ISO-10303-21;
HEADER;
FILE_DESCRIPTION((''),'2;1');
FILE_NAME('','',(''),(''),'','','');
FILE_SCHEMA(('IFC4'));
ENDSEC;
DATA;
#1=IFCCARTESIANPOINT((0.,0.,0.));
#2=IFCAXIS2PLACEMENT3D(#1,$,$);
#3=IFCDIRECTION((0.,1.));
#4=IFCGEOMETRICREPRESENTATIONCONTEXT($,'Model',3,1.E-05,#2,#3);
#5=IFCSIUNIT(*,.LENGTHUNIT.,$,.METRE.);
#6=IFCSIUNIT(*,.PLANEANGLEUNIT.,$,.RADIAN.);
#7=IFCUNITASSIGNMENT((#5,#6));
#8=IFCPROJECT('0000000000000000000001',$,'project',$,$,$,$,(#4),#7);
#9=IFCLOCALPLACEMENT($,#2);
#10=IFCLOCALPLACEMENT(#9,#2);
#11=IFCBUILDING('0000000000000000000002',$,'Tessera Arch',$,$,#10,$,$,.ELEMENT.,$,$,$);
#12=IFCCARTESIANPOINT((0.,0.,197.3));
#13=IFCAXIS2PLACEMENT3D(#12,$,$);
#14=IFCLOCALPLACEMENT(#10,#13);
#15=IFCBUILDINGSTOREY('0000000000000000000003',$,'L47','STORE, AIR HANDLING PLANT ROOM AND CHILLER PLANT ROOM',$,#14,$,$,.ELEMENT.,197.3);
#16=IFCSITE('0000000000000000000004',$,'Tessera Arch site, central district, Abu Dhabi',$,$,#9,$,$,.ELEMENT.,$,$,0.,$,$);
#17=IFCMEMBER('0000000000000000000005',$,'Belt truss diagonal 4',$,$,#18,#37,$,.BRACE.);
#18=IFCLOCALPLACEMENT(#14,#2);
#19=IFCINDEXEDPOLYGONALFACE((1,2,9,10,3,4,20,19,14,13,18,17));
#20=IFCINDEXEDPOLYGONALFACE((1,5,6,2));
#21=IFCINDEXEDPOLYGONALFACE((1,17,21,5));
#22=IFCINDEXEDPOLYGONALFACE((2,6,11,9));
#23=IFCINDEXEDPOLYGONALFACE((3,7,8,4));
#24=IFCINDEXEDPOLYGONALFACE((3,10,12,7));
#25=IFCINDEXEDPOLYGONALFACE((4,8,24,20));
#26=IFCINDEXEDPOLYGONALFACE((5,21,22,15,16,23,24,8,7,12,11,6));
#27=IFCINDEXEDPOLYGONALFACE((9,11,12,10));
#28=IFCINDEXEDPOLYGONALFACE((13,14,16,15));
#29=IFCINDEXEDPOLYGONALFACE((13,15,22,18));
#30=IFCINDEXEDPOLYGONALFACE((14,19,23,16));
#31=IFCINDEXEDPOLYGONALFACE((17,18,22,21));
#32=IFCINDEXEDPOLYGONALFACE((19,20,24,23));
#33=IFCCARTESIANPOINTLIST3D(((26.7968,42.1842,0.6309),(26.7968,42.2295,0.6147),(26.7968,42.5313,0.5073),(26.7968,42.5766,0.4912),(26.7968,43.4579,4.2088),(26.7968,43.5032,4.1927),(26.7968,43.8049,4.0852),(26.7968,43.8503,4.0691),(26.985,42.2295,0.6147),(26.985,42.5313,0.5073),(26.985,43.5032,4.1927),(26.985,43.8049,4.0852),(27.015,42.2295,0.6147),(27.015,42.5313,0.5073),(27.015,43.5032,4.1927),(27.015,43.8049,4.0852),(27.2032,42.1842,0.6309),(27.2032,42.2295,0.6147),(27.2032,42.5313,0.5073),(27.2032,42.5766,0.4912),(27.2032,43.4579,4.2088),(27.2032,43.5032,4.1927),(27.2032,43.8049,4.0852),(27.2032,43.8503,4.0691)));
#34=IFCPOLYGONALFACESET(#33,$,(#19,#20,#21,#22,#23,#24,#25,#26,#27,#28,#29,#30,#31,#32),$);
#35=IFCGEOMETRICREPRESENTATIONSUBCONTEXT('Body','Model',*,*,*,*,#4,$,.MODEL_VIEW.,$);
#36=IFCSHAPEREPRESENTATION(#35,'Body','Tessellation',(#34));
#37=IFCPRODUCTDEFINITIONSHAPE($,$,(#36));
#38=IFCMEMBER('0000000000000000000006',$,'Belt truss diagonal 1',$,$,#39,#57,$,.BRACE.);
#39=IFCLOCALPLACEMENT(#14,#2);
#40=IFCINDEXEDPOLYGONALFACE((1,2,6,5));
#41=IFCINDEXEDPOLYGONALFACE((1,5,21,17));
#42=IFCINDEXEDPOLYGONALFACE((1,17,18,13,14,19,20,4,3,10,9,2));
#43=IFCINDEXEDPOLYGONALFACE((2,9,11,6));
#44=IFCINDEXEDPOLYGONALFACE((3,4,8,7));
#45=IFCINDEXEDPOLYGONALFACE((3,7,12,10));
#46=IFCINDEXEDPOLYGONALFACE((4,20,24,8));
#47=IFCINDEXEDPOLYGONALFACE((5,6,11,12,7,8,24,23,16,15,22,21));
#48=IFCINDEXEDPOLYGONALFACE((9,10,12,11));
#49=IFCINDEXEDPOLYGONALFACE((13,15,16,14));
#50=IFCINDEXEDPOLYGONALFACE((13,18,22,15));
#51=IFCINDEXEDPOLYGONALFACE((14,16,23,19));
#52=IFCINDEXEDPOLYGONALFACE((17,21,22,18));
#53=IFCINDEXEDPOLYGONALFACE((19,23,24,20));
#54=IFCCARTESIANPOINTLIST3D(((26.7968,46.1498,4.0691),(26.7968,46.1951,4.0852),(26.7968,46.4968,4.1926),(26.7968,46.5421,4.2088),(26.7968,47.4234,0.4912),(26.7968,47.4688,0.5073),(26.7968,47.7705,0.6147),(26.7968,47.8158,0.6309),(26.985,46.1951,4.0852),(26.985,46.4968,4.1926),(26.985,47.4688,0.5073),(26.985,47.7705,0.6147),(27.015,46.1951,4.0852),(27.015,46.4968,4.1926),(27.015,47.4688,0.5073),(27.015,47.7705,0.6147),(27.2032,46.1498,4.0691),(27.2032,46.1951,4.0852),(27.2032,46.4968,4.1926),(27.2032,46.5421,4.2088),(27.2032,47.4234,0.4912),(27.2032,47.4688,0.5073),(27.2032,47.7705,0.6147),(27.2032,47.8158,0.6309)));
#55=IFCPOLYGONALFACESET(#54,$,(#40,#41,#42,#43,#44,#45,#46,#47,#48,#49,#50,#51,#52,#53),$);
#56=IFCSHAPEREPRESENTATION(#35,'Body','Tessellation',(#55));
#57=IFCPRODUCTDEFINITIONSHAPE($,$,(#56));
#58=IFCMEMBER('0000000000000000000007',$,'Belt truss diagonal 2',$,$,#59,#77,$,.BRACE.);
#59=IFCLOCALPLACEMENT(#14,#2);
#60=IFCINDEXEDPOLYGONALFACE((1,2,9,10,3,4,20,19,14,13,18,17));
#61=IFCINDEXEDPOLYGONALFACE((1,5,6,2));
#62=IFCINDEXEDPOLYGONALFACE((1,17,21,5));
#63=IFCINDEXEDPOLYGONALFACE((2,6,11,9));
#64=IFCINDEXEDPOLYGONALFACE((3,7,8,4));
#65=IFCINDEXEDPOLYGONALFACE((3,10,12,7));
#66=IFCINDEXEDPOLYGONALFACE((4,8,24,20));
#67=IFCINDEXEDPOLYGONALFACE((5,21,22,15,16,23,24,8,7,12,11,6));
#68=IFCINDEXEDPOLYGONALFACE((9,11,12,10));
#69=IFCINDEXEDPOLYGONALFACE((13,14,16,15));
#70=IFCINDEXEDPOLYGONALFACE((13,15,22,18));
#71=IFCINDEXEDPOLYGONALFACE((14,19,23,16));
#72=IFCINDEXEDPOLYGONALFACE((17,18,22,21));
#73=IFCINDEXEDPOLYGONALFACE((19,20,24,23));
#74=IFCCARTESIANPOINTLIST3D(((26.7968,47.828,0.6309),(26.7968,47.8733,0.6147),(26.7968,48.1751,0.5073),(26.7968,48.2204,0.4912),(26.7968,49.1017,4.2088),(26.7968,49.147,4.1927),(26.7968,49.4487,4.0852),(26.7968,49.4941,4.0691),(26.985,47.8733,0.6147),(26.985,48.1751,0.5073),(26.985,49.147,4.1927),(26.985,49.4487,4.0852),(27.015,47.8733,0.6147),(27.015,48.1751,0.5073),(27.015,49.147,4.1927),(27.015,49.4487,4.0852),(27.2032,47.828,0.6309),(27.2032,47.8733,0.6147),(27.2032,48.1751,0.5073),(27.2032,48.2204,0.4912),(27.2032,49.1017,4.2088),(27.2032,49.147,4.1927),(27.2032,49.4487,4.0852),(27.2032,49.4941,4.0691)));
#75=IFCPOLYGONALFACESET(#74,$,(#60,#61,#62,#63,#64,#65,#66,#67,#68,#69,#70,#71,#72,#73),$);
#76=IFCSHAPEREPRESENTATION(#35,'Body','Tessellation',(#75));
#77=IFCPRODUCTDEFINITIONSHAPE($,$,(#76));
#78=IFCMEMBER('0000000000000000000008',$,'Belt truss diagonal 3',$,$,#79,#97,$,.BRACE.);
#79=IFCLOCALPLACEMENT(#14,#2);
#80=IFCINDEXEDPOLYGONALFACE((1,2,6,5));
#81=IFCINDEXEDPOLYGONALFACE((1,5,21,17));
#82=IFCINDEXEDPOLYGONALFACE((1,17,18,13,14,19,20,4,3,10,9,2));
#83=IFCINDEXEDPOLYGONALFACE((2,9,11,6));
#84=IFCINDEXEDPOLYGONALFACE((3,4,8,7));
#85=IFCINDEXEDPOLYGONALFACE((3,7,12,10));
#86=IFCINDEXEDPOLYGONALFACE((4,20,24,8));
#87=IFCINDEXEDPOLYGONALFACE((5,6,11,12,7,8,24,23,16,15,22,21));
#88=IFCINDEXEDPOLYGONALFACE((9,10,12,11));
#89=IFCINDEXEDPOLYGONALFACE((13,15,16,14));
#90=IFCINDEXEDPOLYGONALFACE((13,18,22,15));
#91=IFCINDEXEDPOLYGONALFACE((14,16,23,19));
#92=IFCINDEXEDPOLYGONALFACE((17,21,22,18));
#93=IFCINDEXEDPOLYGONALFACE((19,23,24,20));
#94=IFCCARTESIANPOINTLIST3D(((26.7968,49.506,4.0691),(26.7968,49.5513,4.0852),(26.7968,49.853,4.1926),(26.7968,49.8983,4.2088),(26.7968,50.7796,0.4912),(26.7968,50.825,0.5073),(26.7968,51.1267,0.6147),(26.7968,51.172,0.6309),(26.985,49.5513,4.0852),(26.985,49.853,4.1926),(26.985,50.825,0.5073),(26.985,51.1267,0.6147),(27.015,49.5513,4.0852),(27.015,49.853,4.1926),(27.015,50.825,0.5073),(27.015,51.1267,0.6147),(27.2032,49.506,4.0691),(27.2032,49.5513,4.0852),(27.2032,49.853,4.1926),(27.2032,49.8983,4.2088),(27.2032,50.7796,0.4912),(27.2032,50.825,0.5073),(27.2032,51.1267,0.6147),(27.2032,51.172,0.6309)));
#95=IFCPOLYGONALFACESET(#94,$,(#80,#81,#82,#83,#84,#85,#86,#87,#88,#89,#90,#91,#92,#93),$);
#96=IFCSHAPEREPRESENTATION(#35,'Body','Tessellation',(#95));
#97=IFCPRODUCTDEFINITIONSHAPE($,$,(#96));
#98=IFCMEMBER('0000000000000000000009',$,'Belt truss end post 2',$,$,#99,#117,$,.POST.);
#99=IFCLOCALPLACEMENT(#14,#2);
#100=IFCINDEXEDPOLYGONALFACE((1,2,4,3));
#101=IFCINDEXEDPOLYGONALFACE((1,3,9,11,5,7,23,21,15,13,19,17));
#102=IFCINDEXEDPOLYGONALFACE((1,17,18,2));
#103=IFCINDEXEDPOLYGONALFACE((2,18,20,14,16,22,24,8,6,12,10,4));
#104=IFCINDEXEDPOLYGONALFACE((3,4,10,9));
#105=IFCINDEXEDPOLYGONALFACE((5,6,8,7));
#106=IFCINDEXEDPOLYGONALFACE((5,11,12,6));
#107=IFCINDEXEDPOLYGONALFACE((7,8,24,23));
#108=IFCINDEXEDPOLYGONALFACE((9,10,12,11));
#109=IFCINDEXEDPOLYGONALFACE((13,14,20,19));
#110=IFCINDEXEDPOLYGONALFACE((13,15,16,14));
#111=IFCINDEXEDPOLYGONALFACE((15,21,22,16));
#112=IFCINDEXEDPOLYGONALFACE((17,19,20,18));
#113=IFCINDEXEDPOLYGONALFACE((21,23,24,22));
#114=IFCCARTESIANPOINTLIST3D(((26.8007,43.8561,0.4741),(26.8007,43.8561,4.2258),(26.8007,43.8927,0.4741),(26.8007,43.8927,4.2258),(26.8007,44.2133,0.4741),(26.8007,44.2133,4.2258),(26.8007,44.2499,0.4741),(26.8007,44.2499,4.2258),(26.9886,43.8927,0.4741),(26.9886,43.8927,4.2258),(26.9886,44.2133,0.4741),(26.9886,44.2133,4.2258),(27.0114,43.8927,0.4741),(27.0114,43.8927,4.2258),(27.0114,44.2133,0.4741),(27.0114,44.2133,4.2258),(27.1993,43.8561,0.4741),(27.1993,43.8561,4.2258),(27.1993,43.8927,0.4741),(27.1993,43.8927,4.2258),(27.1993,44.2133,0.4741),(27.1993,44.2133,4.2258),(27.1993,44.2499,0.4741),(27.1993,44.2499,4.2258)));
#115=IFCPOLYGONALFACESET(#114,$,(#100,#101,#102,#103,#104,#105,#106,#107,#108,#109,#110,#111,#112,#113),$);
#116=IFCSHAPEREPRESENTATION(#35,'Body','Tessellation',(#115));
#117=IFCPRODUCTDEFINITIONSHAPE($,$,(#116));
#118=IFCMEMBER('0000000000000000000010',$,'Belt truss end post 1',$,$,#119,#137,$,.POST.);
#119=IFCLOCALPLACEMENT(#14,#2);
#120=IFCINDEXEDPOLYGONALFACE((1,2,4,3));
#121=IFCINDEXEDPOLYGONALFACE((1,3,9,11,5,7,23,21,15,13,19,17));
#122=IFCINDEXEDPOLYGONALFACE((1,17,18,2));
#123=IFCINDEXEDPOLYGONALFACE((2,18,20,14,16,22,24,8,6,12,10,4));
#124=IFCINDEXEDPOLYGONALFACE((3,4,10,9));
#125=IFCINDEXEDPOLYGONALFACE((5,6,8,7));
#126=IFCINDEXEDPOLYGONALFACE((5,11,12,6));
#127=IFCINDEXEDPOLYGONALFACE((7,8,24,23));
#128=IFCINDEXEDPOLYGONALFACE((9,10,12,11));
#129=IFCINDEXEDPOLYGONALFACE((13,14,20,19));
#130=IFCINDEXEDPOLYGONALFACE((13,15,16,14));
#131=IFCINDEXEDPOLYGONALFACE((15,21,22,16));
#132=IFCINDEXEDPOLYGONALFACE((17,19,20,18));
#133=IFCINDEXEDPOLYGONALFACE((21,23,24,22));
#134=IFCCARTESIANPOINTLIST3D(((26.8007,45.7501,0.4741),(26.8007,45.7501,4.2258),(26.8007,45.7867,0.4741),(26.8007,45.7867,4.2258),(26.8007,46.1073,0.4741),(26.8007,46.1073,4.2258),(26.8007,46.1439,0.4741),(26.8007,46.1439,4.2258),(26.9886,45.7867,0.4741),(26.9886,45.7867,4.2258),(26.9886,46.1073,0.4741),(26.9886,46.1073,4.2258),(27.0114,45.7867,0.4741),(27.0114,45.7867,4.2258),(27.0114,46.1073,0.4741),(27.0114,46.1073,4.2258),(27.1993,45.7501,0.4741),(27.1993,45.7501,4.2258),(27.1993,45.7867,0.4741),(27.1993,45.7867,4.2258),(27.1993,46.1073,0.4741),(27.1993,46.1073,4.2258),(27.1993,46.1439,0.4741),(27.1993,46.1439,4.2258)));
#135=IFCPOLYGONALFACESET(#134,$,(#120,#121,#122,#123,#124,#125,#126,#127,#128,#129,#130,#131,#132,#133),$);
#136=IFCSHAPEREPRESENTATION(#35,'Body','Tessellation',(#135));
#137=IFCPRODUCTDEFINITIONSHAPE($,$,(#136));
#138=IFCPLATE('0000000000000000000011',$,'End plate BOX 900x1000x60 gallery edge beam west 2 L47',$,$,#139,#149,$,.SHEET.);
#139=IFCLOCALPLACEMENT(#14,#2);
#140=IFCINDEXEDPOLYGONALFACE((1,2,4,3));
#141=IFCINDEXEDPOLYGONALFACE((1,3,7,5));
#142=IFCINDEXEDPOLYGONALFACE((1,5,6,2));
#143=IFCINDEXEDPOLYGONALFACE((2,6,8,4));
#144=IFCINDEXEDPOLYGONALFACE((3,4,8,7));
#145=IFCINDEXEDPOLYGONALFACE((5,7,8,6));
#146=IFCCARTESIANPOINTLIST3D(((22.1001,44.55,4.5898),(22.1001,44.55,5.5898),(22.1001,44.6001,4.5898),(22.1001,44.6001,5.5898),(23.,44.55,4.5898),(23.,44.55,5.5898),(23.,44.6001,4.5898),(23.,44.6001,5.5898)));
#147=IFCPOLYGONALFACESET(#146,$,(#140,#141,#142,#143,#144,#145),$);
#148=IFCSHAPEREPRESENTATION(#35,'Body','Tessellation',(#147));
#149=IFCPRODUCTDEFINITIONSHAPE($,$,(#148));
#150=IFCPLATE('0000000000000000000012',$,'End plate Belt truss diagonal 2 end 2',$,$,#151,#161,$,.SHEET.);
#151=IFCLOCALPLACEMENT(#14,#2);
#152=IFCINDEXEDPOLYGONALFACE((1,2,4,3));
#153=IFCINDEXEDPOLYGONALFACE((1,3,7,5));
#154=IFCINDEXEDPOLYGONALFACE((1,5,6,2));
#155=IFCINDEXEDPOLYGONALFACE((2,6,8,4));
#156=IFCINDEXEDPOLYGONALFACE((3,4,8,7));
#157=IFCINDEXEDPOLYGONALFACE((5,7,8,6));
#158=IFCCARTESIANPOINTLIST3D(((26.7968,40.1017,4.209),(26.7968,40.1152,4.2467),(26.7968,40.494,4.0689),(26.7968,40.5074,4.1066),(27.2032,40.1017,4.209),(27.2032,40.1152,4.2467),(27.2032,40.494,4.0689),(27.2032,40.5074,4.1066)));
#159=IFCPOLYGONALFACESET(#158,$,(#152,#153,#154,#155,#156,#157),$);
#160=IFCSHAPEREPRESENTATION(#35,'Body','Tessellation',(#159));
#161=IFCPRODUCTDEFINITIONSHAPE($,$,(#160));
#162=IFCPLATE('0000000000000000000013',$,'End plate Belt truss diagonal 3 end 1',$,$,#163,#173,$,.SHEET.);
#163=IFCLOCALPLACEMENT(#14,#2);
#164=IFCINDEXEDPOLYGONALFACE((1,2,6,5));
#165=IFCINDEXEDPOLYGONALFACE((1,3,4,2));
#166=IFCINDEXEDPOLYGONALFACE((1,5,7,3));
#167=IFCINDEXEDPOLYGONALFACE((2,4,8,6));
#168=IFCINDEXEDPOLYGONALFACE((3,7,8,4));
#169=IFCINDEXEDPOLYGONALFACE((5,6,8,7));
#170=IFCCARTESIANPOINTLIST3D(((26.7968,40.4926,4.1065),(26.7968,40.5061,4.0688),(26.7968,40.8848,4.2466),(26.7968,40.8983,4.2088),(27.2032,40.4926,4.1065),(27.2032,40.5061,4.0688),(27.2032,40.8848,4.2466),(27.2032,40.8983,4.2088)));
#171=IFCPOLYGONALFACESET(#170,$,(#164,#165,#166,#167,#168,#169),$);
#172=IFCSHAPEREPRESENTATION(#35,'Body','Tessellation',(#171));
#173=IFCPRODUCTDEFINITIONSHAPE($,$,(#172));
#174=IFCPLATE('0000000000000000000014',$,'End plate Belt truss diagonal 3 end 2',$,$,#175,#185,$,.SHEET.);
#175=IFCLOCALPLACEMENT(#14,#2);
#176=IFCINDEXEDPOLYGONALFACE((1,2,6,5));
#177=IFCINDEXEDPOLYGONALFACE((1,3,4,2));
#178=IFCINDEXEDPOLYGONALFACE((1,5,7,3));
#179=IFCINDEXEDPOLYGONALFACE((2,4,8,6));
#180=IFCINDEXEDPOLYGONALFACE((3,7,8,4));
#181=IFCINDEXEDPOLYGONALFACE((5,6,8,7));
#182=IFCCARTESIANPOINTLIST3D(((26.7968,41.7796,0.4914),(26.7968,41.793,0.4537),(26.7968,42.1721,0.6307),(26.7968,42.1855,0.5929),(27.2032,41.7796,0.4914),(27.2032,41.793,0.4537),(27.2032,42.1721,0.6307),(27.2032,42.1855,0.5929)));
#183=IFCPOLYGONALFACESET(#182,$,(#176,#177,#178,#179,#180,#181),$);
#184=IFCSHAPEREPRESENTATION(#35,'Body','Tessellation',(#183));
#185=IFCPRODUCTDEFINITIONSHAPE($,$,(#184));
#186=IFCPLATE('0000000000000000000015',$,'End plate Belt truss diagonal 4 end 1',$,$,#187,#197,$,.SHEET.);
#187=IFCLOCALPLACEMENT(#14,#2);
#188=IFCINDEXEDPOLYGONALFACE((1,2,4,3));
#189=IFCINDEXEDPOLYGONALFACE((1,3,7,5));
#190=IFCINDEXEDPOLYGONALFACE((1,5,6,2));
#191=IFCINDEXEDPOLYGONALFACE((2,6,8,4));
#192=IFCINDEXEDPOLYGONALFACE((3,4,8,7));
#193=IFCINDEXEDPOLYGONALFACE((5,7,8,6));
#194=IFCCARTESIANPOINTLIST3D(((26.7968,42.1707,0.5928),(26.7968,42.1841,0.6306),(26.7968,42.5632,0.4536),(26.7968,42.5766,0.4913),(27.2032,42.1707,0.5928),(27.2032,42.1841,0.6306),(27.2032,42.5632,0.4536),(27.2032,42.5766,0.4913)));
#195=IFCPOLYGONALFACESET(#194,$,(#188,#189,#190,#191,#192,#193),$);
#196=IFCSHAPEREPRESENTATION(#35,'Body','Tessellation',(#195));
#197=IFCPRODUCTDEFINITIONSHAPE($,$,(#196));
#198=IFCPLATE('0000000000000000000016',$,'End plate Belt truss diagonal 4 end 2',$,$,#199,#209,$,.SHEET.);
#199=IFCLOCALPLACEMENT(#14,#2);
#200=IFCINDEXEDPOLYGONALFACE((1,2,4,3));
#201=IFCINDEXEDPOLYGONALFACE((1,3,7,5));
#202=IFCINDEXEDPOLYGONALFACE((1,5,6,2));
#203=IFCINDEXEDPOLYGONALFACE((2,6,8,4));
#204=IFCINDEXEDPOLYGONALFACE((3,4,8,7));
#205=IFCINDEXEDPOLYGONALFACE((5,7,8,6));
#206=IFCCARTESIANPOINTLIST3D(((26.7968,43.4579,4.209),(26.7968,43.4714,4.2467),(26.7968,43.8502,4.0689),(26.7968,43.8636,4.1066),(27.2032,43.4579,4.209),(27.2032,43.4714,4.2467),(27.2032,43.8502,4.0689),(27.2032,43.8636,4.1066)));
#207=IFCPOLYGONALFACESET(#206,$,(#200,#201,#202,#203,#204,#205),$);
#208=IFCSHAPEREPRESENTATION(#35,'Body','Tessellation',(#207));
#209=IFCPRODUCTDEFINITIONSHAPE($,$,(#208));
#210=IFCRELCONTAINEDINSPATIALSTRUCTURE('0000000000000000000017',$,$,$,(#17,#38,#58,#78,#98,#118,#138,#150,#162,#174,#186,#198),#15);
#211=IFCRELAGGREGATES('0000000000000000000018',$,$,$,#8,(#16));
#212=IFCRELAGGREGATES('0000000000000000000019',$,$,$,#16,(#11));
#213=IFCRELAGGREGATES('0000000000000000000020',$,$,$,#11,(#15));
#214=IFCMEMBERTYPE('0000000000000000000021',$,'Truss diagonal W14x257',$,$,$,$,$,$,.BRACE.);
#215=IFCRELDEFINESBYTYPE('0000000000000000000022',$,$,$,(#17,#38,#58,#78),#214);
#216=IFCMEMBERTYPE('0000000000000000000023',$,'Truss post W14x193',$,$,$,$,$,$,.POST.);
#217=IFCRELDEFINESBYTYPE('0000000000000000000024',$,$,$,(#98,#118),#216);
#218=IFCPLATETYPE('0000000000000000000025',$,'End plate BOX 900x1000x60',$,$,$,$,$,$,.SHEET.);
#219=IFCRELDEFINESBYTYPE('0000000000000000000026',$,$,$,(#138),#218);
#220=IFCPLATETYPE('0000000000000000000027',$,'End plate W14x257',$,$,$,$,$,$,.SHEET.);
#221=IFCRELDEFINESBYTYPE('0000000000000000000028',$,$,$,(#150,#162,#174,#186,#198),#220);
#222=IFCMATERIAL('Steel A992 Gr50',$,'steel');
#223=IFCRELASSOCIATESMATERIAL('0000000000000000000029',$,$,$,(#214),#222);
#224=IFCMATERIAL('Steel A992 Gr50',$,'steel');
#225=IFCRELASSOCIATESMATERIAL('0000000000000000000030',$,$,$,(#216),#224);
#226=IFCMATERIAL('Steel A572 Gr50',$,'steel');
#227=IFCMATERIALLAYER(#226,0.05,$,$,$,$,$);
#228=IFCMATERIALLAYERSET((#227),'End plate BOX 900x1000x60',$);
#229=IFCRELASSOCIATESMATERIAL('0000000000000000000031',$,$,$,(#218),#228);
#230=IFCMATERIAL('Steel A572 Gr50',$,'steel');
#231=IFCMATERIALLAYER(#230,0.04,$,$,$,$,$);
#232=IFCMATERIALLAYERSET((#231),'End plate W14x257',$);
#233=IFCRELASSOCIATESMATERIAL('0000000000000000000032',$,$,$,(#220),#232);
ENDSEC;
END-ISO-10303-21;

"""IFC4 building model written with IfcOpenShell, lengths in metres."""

from ifc_helpers import new_model, si_unit, direction, frame, origin, origin_2d, place, context, subcontext, project, spatial, rectangle, i_section, extrude, material, layer, layer_set, material_profile, profile_set, type_object, element, save


model = new_model("IFC4")

# Units and contexts
model_context = context("Model", 3, precision=1e-05, world=origin(), true_north=direction((0.0, 1.0)))
body_context = subcontext(model_context, "Body", "Model", "MODEL_VIEW")
ifc_project = project(units=[si_unit("LENGTHUNIT", "METRE"), si_unit("PLANEANGLEUNIT", "RADIAN")], contexts=[model_context])

# Site, building, storey
site_placement = place(None, origin())
site = spatial("IfcSite", under=ifc_project, at=site_placement, Name="Tessera Arch site, central district, Abu Dhabi", CompositionType="ELEMENT", RefElevation=0.0)
building_placement = place(site_placement, origin())
building = spatial("IfcBuilding", under=site, at=building_placement, Name="Tessera Arch", CompositionType="ELEMENT")
storey_placement = place(building_placement, frame((0.0, 0.0, 197.3)))
storey = spatial("IfcBuildingStorey", under=building, at=storey_placement, Name="L47", Description="STORE, AIR HANDLING PLANT ROOM AND CHILLER PLANT ROOM", CompositionType="ELEMENT", Elevation=197.3)

# Members
ifc_material_1 = material(Name="Steel A992 Gr50", Category="steel")
ifc_material_profile_1 = material_profile(ifc_material_1, i_section(OverallWidth=0.4065, OverallDepth=0.4165, WebThickness=0.03, FlangeThickness=0.0481, at=origin_2d()), Name="W14x257")
ifc_profile_set_1 = profile_set([ifc_material_profile_1], Name="Steel A992 Gr50")
member_type_1 = type_object("IfcMemberType", Name="Truss diagonal W14x257", PredefinedType="BRACE", material=ifc_profile_set_1)
for number, where, z_axis, x_axis, name in (
    (1, (27.0, 42.3804, 0.561), (0.0, 0.335371, 0.942086), (-1.0, 0.0, 0.0), "Belt truss diagonal 4"),
    (2, (27.0, 46.3459, 4.1389), (0.0, 0.335371, -0.942086), (-1.0, 0.0, 0.0), "Belt truss diagonal 1"),
    (3, (27.0, 48.0242, 0.561), (0.0, 0.335371, 0.942086), (-1.0, 0.0, 0.0), "Belt truss diagonal 2"),
    (4, (27.0, 49.7021, 4.1389), (0.0, 0.335371, -0.942086), (-1.0, 0.0, 0.0), "Belt truss diagonal 3"),
):
    element("IfcMember", number, at=place(storey_placement, frame(where, z_axis=z_axis, x_axis=x_axis)), inside=storey, type_object=member_type_1, Name=name, PredefinedType="BRACE", context=body_context, shape_type="SweptSolid", body=[
        extrude(i_section(OverallWidth=0.4065, OverallDepth=0.4165, WebThickness=0.03, FlangeThickness=0.0481, at=origin_2d()), origin(), (0.0, 0.0, 1.0), 3.7979),
    ])
ifc_material_2 = material(Name="Steel A992 Gr50", Category="steel")
ifc_material_profile_2 = material_profile(ifc_material_2, i_section(OverallWidth=0.3987, OverallDepth=0.3938, WebThickness=0.0227, FlangeThickness=0.0366, at=origin_2d()), Name="W14x193")
ifc_profile_set_2 = profile_set([ifc_material_profile_2], Name="Steel A992 Gr50")
member_type_2 = type_object("IfcMemberType", Name="Truss post W14x193", PredefinedType="POST", material=ifc_profile_set_2)
for number, where, z_axis, x_axis, name in (
    (5, (27.0, 44.053, 0.4741), (0.0, 0.0, 1.0), (1.0, 0.0, 0.0), "Belt truss end post 2"),
    (6, (27.0, 45.947, 0.4741), (0.0, 0.0, 1.0), (1.0, 0.0, 0.0), "Belt truss end post 1"),
):
    element("IfcMember", number, at=place(storey_placement, frame(where, z_axis=z_axis, x_axis=x_axis)), inside=storey, type_object=member_type_2, Name=name, PredefinedType="POST", context=body_context, shape_type="SweptSolid", body=[
        extrude(i_section(OverallWidth=0.3987, OverallDepth=0.3938, WebThickness=0.0227, FlangeThickness=0.0366, at=origin_2d()), origin(), (0.0, 0.0, 1.0), 3.7517),
    ])

# Plates
ifc_material_3 = material(Name="Steel A572 Gr50", Category="steel")
ifc_layer_1 = layer(ifc_material_3, 0.05)
ifc_layer_set_1 = layer_set([ifc_layer_1], Name="End plate BOX 900x1000x60")
plate_type_1 = type_object("IfcPlateType", Name="End plate BOX 900x1000x60", PredefinedType="SHEET", material=ifc_layer_set_1)
plate_placement = place(storey_placement, frame((22.55, 44.55, 5.0898), z_axis=(0.0, 1.0, 0.0), x_axis=(-1.0, 0.0, 0.0)))
element("IfcPlate", 7, at=plate_placement, inside=storey, type_object=plate_type_1, Name="End plate BOX 900x1000x60 gallery edge beam west 2 L47", PredefinedType="SHEET", context=body_context, shape_type="SweptSolid", body=[
    extrude(rectangle(XDim=0.8999, YDim=1.0, at=origin_2d()), origin(), (0.0, 0.0, 1.0), 0.05),
])
ifc_material_4 = material(Name="Steel A572 Gr50", Category="steel")
ifc_layer_2 = layer(ifc_material_4, 0.04)
ifc_layer_set_2 = layer_set([ifc_layer_2], Name="End plate W14x257")
plate_type_2 = type_object("IfcPlateType", Name="End plate W14x257", PredefinedType="SHEET", material=ifc_layer_set_2)
for number, where, z_axis, x_axis, name in (
    (8, (27.0, 40.2979, 4.1389), (0.0, 0.336336, 0.941742), (-1.0, 0.0, 0.0), "End plate Belt truss diagonal 2 end 2"),
    (9, (27.0, 40.6887, 4.1765), (0.0, 0.336336, -0.941742), (-1.0, 0.0, 0.0), "End plate Belt truss diagonal 3 end 1"),
    (10, (27.0, 41.9758, 0.561), (0.0, 0.33441, -0.942428), (-1.0, 0.0, 0.0), "End plate Belt truss diagonal 3 end 2"),
    (11, (27.0, 42.3669, 0.5232), (0.0, 0.33441, 0.942428), (-1.0, 0.0, 0.0), "End plate Belt truss diagonal 4 end 1"),
    (12, (27.0, 43.6541, 4.1389), (0.0, 0.336336, 0.941742), (-1.0, 0.0, 0.0), "End plate Belt truss diagonal 4 end 2"),
):
    element("IfcPlate", number, at=place(storey_placement, frame(where, z_axis=z_axis, x_axis=x_axis)), inside=storey, type_object=plate_type_2, Name=name, PredefinedType="SHEET", context=body_context, shape_type="SweptSolid", body=[
        extrude(rectangle(XDim=0.4065, YDim=0.4165, at=origin_2d()), origin(), (0.0, 0.0, 1.0), 0.04),
    ])

save(model, "model.ifc")
